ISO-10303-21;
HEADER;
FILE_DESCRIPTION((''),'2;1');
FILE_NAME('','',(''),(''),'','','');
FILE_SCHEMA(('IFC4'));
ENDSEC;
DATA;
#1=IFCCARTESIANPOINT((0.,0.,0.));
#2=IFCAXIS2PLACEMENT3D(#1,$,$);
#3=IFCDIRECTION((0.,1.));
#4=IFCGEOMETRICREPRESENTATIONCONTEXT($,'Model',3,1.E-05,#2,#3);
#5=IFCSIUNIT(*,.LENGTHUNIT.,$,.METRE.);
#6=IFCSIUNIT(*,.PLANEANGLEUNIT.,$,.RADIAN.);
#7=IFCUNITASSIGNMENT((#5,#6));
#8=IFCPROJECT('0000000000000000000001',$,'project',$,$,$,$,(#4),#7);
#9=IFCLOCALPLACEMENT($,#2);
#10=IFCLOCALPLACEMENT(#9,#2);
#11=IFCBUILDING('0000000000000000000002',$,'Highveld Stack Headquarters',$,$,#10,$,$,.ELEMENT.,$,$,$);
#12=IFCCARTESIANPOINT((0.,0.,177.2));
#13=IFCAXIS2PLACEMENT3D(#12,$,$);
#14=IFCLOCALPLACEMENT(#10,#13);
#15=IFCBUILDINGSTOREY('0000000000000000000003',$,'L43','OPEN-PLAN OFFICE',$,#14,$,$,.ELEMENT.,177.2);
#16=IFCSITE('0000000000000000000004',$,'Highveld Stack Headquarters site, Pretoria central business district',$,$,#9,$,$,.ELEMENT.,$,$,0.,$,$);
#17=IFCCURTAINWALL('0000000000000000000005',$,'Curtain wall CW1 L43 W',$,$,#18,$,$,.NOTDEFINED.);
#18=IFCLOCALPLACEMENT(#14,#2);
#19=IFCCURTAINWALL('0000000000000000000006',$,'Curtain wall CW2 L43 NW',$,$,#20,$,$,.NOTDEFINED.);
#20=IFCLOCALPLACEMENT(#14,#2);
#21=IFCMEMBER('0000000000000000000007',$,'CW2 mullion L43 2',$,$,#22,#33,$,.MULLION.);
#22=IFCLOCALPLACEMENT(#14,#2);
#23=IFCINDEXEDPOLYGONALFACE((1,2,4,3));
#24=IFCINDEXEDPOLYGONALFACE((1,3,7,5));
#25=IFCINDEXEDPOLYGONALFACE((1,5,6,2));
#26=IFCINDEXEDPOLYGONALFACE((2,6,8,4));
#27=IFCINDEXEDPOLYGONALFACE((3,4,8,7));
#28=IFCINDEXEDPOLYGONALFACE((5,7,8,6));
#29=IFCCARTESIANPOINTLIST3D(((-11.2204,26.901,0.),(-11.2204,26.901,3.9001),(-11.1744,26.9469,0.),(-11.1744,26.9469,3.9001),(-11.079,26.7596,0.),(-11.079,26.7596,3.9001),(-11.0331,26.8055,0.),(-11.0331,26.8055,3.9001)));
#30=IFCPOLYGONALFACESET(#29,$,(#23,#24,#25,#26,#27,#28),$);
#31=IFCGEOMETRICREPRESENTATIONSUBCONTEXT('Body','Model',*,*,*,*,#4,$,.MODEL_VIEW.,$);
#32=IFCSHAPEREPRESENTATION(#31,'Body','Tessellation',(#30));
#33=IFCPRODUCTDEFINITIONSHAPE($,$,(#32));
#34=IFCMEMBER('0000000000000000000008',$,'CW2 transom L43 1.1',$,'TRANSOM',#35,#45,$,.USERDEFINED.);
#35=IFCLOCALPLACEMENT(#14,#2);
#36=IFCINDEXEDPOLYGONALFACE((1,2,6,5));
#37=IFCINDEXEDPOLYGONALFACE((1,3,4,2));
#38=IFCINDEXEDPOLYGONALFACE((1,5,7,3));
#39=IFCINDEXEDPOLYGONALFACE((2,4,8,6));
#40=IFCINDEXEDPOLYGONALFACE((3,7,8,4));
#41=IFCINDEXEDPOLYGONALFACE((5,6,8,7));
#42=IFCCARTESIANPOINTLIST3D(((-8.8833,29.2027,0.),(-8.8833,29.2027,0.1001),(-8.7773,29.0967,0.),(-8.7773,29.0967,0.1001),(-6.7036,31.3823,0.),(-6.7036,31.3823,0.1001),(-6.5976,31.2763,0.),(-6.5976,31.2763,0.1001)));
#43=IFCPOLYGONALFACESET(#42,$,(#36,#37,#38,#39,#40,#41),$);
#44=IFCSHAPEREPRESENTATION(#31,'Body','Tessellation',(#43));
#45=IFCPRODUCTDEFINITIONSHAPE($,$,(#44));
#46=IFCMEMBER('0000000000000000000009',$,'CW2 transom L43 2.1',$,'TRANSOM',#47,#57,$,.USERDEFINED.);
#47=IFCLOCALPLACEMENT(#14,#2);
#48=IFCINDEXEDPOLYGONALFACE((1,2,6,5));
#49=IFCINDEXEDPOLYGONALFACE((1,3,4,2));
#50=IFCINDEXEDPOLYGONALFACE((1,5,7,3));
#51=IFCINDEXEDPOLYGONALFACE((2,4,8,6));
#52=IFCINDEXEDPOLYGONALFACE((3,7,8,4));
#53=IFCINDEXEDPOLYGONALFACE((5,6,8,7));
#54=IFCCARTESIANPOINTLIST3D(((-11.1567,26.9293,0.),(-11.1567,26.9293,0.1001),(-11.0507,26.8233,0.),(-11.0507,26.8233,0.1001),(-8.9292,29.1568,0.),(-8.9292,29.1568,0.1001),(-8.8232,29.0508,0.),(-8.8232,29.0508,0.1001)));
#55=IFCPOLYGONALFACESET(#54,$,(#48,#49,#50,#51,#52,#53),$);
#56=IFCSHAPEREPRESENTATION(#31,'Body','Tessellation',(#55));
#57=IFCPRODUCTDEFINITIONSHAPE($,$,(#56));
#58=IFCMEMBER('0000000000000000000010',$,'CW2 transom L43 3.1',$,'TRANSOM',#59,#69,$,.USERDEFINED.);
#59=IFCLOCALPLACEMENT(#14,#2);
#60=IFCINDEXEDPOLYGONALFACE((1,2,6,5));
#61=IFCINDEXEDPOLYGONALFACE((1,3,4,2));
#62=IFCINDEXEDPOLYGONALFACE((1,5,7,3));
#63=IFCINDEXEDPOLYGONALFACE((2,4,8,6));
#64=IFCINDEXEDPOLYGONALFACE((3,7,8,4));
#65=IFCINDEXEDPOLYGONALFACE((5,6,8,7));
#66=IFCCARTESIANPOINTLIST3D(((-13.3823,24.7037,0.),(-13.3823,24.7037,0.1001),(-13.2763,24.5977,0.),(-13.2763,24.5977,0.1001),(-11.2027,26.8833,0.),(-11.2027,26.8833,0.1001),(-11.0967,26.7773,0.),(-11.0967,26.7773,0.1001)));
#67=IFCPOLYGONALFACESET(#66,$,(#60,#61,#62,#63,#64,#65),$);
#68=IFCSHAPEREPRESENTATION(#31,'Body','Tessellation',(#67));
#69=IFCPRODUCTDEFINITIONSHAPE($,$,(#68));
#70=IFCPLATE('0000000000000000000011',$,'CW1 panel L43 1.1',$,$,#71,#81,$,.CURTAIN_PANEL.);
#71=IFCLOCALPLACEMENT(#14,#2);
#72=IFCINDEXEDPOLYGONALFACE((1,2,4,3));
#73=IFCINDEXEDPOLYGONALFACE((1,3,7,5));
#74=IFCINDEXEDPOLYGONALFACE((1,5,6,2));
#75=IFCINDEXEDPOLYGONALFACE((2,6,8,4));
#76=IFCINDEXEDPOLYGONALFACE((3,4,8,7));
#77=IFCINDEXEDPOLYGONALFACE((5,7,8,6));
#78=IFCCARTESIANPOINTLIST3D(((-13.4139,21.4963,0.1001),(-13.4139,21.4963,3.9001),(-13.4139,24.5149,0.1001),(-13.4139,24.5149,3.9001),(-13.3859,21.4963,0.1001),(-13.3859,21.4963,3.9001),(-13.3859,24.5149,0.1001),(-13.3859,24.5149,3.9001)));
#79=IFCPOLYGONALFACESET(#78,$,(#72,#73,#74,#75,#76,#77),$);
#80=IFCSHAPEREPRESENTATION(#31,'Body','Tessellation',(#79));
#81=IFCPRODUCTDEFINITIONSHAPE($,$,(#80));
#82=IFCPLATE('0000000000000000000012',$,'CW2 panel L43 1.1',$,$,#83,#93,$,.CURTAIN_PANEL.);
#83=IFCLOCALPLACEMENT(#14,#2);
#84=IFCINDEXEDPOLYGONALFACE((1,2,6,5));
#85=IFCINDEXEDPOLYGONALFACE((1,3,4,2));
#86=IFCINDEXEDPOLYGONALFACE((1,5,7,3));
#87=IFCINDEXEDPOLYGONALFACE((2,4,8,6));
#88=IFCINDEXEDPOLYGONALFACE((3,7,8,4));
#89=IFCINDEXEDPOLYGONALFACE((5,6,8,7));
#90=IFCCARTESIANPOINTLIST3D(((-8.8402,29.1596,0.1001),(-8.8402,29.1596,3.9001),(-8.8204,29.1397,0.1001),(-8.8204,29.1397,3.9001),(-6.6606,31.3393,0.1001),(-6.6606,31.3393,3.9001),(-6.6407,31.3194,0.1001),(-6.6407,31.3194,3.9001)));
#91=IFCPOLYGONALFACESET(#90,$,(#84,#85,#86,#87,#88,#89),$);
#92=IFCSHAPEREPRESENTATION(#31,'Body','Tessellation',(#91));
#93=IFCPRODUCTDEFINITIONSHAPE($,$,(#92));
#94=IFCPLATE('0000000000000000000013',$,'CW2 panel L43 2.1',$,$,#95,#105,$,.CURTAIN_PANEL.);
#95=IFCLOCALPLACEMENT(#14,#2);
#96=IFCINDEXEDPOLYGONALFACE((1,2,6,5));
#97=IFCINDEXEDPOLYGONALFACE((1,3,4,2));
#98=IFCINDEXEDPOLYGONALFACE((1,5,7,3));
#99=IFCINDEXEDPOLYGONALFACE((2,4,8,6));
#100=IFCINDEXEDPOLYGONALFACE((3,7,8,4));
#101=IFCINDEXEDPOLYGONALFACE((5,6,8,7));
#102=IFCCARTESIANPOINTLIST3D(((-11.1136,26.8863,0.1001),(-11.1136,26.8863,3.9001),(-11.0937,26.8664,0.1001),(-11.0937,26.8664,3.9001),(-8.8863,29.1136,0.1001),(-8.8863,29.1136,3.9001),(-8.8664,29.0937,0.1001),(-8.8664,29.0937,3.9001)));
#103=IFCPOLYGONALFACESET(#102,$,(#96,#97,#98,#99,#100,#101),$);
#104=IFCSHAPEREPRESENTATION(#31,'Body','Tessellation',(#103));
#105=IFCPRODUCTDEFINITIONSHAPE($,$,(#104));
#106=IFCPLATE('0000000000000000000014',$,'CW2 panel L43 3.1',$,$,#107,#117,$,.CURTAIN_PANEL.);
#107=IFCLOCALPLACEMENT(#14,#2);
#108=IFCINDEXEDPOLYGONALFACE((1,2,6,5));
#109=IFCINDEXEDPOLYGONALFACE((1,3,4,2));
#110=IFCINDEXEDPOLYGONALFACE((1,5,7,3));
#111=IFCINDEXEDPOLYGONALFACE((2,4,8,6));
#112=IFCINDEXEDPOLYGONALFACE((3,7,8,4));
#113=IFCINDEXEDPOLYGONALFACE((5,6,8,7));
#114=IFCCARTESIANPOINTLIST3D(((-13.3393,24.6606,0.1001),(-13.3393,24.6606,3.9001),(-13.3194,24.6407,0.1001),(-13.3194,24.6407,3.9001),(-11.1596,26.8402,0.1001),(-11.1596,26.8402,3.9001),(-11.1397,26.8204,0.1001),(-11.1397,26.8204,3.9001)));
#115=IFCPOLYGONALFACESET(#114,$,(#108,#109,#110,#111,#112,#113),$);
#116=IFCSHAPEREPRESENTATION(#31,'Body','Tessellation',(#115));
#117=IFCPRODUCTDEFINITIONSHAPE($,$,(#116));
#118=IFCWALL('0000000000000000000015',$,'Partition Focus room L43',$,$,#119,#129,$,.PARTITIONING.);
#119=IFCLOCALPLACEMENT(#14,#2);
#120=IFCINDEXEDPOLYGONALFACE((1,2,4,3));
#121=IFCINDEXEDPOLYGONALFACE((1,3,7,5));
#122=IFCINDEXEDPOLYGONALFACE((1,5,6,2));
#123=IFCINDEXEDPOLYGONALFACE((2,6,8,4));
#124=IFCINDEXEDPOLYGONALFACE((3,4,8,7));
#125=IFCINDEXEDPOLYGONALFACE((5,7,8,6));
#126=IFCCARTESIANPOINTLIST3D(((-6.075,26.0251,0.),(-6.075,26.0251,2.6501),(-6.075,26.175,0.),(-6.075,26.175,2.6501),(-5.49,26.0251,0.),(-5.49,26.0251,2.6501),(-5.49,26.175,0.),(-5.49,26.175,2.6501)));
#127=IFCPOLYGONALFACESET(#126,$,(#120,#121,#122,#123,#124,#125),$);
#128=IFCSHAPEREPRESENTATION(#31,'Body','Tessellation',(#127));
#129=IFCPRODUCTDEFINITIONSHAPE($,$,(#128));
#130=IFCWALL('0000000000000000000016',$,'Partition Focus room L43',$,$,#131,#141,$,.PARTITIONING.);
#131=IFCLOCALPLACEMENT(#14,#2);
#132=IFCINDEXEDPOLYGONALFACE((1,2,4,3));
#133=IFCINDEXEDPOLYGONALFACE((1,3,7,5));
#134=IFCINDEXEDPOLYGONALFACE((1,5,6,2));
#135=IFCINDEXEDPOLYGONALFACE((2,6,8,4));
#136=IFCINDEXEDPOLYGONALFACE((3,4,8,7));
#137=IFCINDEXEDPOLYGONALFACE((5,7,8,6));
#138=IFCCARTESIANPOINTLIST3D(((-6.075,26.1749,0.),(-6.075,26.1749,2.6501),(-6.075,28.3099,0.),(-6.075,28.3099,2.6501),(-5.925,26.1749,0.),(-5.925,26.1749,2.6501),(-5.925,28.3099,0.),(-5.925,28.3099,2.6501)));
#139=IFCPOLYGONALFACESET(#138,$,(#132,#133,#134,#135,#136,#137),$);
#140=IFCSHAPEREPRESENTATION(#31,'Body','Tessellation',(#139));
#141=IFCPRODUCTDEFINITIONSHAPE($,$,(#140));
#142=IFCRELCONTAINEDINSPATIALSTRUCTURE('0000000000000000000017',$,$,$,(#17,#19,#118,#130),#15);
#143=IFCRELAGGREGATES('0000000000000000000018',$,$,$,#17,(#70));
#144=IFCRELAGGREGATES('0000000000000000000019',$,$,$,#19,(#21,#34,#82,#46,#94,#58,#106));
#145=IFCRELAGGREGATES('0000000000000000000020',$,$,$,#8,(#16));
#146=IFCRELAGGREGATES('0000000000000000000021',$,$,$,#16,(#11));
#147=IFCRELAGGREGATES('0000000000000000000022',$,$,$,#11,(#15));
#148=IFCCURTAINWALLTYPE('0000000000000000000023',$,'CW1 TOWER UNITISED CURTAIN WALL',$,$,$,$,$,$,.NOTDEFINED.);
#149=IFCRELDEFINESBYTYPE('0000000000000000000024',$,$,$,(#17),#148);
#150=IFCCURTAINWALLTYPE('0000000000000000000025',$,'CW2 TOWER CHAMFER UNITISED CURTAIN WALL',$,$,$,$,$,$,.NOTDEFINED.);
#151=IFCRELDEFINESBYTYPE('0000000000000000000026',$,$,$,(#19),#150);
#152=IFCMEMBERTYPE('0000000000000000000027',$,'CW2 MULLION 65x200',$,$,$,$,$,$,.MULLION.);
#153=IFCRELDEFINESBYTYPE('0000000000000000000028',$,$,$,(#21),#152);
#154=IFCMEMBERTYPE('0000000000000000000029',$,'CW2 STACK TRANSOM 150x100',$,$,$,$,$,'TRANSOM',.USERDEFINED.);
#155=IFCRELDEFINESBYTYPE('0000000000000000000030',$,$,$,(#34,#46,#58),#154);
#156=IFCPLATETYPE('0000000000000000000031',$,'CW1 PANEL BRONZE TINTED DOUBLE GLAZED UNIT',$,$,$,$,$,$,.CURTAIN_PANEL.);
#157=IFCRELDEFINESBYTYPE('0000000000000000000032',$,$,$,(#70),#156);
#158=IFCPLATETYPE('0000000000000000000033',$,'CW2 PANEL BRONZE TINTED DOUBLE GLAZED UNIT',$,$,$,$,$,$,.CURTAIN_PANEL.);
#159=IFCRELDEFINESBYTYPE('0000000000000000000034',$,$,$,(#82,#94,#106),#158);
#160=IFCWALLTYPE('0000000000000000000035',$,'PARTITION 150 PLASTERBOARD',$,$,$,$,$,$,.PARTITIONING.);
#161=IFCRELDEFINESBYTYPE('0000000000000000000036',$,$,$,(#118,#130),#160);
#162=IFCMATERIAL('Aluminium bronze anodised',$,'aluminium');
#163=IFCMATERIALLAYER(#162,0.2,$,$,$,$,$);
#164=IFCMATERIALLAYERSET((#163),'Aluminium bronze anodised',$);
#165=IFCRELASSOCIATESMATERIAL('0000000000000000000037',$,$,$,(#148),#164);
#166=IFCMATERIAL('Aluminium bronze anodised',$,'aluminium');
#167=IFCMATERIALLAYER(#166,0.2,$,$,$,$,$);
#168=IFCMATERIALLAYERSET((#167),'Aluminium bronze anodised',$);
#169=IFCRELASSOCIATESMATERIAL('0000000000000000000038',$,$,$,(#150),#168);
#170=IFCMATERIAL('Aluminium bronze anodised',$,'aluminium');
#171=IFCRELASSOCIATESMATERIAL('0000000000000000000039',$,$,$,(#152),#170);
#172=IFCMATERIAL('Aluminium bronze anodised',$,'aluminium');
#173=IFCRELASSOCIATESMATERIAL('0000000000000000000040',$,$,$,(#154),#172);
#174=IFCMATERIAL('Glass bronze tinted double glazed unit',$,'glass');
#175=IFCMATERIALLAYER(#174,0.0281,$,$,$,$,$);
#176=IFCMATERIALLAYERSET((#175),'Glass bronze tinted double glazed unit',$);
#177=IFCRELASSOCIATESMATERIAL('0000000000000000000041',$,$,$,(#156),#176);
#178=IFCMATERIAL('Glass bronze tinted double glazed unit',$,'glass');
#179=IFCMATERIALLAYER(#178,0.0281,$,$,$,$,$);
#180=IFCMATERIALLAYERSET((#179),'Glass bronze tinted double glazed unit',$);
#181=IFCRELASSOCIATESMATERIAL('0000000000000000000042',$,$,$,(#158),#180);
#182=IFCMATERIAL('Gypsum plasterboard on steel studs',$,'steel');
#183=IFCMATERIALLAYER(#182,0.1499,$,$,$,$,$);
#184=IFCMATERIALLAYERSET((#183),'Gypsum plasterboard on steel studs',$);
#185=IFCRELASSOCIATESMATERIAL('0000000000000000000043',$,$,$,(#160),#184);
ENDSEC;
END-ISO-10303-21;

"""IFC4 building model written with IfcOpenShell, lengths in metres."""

from ifc_helpers import new_model, si_unit, direction, frame, frame_2d, origin, origin_2d, place, context, subcontext, project, spatial, rectangle, extrude, material, layer, layer_set, material_profile, profile_set, type_object, element, aggregate, save


model = new_model("IFC4")

# Units and contexts
model_context = context("Model", 3, precision=1e-05, world=origin(), true_north=direction((0.0, 1.0)))
body_context = subcontext(model_context, "Body", "Model", "MODEL_VIEW")
ifc_project = project(units=[si_unit("LENGTHUNIT", "METRE"), si_unit("PLANEANGLEUNIT", "RADIAN")], contexts=[model_context])

# Site, building, storey
site_placement = place(None, origin())
site = spatial("IfcSite", under=ifc_project, at=site_placement, Name="Highveld Stack Headquarters site, Pretoria central business district", CompositionType="ELEMENT", RefElevation=0.0)
building_placement = place(site_placement, origin())
building = spatial("IfcBuilding", under=site, at=building_placement, Name="Highveld Stack Headquarters", CompositionType="ELEMENT")
storey_placement = place(building_placement, frame((0.0, 0.0, 177.2)))
storey = spatial("IfcBuildingStorey", under=building, at=storey_placement, Name="L43", Description="OPEN-PLAN OFFICE", CompositionType="ELEMENT", Elevation=177.2)

# Shared definitions
ifc_material_1 = material(Name="Aluminium bronze anodised", Category="aluminium")
ifc_layer_1 = layer(ifc_material_1, 0.2)
ifc_layer_set_1 = layer_set([ifc_layer_1], Name="Aluminium bronze anodised")
curtain_wall_type_1 = type_object("IfcCurtainWallType", Name="CW1 TOWER UNITISED CURTAIN WALL", PredefinedType="NOTDEFINED", material=ifc_layer_set_1)

# Curtain wall
curtain_wall_1_placement = place(storey_placement, origin())
curtain_wall_1 = element("IfcCurtainWall", 1, at=curtain_wall_1_placement, inside=storey, type_object=curtain_wall_type_1, Name="Curtain wall CW1 L43 W", PredefinedType="NOTDEFINED")

# Curtain wall, members
ifc_material_2 = material(Name="Aluminium bronze anodised", Category="aluminium")
ifc_layer_2 = layer(ifc_material_2, 0.2)
ifc_layer_set_2 = layer_set([ifc_layer_2], Name="Aluminium bronze anodised")
curtain_wall_type_2 = type_object("IfcCurtainWallType", Name="CW2 TOWER CHAMFER UNITISED CURTAIN WALL", PredefinedType="NOTDEFINED", material=ifc_layer_set_2)
curtain_wall_2_placement = place(storey_placement, origin())
curtain_wall_2 = element("IfcCurtainWall", 2, at=curtain_wall_2_placement, inside=storey, type_object=curtain_wall_type_2, Name="Curtain wall CW2 L43 NW", PredefinedType="NOTDEFINED")
ifc_material_3 = material(Name="Aluminium bronze anodised", Category="aluminium")
ifc_material_profile_1 = material_profile(ifc_material_3, rectangle(XDim=0.2, YDim=0.0649, at=origin_2d()), Name="CW2 MULLION 65x200")
ifc_profile_set_1 = profile_set([ifc_material_profile_1], Name="Aluminium bronze anodised")
member_type_1 = type_object("IfcMemberType", Name="CW2 MULLION 65x200", PredefinedType="MULLION", material=ifc_profile_set_1)
member_1_placement = place(storey_placement, frame((-11.1267, 26.8533, 0.0), z_axis=(0.0, 0.0, 1.0), x_axis=(0.707107, -0.707107, 0.0)))
member_1 = element("IfcMember", 3, at=member_1_placement, type_object=member_type_1, Name="CW2 mullion L43 2", PredefinedType="MULLION", context=body_context, shape_type="SweptSolid", body=[
    extrude(rectangle(XDim=0.2, YDim=0.0649, at=origin_2d()), origin(), (0.0, 0.0, 1.0), 3.9001),
])
ifc_material_4 = material(Name="Aluminium bronze anodised", Category="aluminium")
ifc_material_profile_2 = material_profile(ifc_material_4, rectangle(XDim=0.1499, YDim=0.1001, at=origin_2d()), Name="CW2 TRANSOM 150x100")
ifc_profile_set_2 = profile_set([ifc_material_profile_2], Name="Aluminium bronze anodised")
member_type_2 = type_object("IfcMemberType", Name="CW2 STACK TRANSOM 150x100", ElementType="TRANSOM", PredefinedType="USERDEFINED", material=ifc_profile_set_2)
member_2_placement = place(storey_placement, frame((-6.6506, 31.3293, 0.05), z_axis=(-0.707107, -0.707107, 0.0), x_axis=(0.707107, -0.707107, 0.0)))
member_2 = element("IfcMember", 4, at=member_2_placement, type_object=member_type_2, Name="CW2 transom L43 1.1", ObjectType="TRANSOM", PredefinedType="USERDEFINED", context=body_context, shape_type="SweptSolid", body=[
    extrude(rectangle(XDim=0.1499, YDim=0.1001, at=origin_2d()), origin(), (0.0, 0.0, 1.0), 3.0825),
])
member_3_placement = place(storey_placement, frame((-8.8762, 29.1038, 0.05), z_axis=(-0.707107, -0.707107, 0.0), x_axis=(0.707107, -0.707107, 0.0)))
member_3 = element("IfcMember", 5, at=member_3_placement, type_object=member_type_2, Name="CW2 transom L43 2.1", ObjectType="TRANSOM", PredefinedType="USERDEFINED", context=body_context, shape_type="SweptSolid", body=[
    extrude(rectangle(XDim=0.1499, YDim=0.1001, at=origin_2d()), origin(), (0.0, 0.0, 1.0), 3.1501),
])
member_4_placement = place(storey_placement, frame((-11.1497, 26.8303, 0.05), z_axis=(-0.707107, -0.707107, 0.0), x_axis=(0.707107, -0.707107, 0.0)))
member_4 = element("IfcMember", 6, at=member_4_placement, type_object=member_type_2, Name="CW2 transom L43 3.1", ObjectType="TRANSOM", PredefinedType="USERDEFINED", context=body_context, shape_type="SweptSolid", body=[
    extrude(rectangle(XDim=0.1499, YDim=0.1001, at=origin_2d()), origin(), (0.0, 0.0, 1.0), 3.0825),
])

# Plates
ifc_material_5 = material(Name="Glass bronze tinted double glazed unit", Category="glass")
ifc_layer_3 = layer(ifc_material_5, 0.0281)
ifc_layer_set_3 = layer_set([ifc_layer_3], Name="Glass bronze tinted double glazed unit")
plate_type_1 = type_object("IfcPlateType", Name="CW1 PANEL BRONZE TINTED DOUBLE GLAZED UNIT", PredefinedType="CURTAIN_PANEL", material=ifc_layer_set_3)
plate_1_placement = place(storey_placement, frame((-13.3999, 23.0056, 0.1001), z_axis=(0.0, 0.0, 1.0), x_axis=(0.0, -1.0, 0.0)))
plate_1 = element("IfcPlate", 7, at=plate_1_placement, type_object=plate_type_1, Name="CW1 panel L43 1.1", PredefinedType="CURTAIN_PANEL", context=body_context, shape_type="SweptSolid", body=[
    extrude(rectangle(XDim=3.0186, YDim=0.0281, at=origin_2d()), origin(), (0.0, 0.0, 1.0), 3.8),
])
aggregate(curtain_wall_1, [plate_1])
ifc_material_6 = material(Name="Glass bronze tinted double glazed unit", Category="glass")
ifc_layer_4 = layer(ifc_material_6, 0.0281)
ifc_layer_set_4 = layer_set([ifc_layer_4], Name="Glass bronze tinted double glazed unit")
plate_type_2 = type_object("IfcPlateType", Name="CW2 PANEL BRONZE TINTED DOUBLE GLAZED UNIT", PredefinedType="CURTAIN_PANEL", material=ifc_layer_set_4)
plate_2_placement = place(storey_placement, frame((-7.7405, 30.2395, 0.1001), z_axis=(0.0, 0.0, 1.0), x_axis=(-0.707107, -0.707107, 0.0)))
plate_2 = element("IfcPlate", 8, at=plate_2_placement, type_object=plate_type_2, Name="CW2 panel L43 1.1", PredefinedType="CURTAIN_PANEL", context=body_context, shape_type="SweptSolid", body=[
    extrude(rectangle(XDim=3.0825, YDim=0.0281, at=origin_2d()), origin(), (0.0, 0.0, 1.0), 3.8),
])
plate_3_placement = place(storey_placement, frame((-9.99, 27.99, 0.1001), z_axis=(0.0, 0.0, 1.0), x_axis=(-0.707107, -0.707107, 0.0)))
plate_3 = element("IfcPlate", 9, at=plate_3_placement, type_object=plate_type_2, Name="CW2 panel L43 2.1", PredefinedType="CURTAIN_PANEL", context=body_context, shape_type="SweptSolid", body=[
    extrude(rectangle(XDim=3.1499, YDim=0.0281, at=origin_2d()), origin(), (0.0, 0.0, 1.0), 3.8),
])
plate_4_placement = place(storey_placement, frame((-12.2395, 25.7405, 0.1001), z_axis=(0.0, 0.0, 1.0), x_axis=(-0.707107, -0.707107, 0.0)))
plate_4 = element("IfcPlate", 10, at=plate_4_placement, type_object=plate_type_2, Name="CW2 panel L43 3.1", PredefinedType="CURTAIN_PANEL", context=body_context, shape_type="SweptSolid", body=[
    extrude(rectangle(XDim=3.0825, YDim=0.0281, at=origin_2d()), origin(), (0.0, 0.0, 1.0), 3.8),
])
aggregate(curtain_wall_2, [member_1, member_2, plate_2, member_3, plate_3, member_4, plate_4])

# Walls
ifc_material_7 = material(Name="Gypsum plasterboard on steel studs", Category="steel")
ifc_layer_5 = layer(ifc_material_7, 0.1499)
ifc_layer_set_5 = layer_set([ifc_layer_5], Name="Gypsum plasterboard on steel studs")
wall_type = type_object("IfcWallType", Name="PARTITION 150 PLASTERBOARD", PredefinedType="PARTITIONING", material=ifc_layer_set_5)
wall_1_placement = place(storey_placement, frame((-6.075, 26.1001, 0.0), z_axis=(0.0, 0.0, 1.0), x_axis=(1.0, 0.0, 0.0)))
element("IfcWall", 11, at=wall_1_placement, inside=storey, type_object=wall_type, Name="Partition Focus room L43", PredefinedType="PARTITIONING", context=body_context, shape_type="SweptSolid", body=[
    extrude(rectangle(XDim=0.585, YDim=0.1499, at=frame_2d((0.2925, 0.0))), origin(), (0.0, 0.0, 1.0), 2.6501),
])
wall_2_placement = place(storey_placement, frame((-6.0, 26.175, 0.0), z_axis=(0.0, 0.0, 1.0), x_axis=(0.0, 1.0, 0.0)))
element("IfcWall", 12, at=wall_2_placement, inside=storey, type_object=wall_type, Name="Partition Focus room L43", PredefinedType="PARTITIONING", context=body_context, shape_type="SweptSolid", body=[
    extrude(rectangle(XDim=2.135, YDim=0.1499, at=frame_2d((1.0674, 0.0))), origin(), (0.0, 0.0, 1.0), 2.6501),
])

save(model, "model.ifc")
